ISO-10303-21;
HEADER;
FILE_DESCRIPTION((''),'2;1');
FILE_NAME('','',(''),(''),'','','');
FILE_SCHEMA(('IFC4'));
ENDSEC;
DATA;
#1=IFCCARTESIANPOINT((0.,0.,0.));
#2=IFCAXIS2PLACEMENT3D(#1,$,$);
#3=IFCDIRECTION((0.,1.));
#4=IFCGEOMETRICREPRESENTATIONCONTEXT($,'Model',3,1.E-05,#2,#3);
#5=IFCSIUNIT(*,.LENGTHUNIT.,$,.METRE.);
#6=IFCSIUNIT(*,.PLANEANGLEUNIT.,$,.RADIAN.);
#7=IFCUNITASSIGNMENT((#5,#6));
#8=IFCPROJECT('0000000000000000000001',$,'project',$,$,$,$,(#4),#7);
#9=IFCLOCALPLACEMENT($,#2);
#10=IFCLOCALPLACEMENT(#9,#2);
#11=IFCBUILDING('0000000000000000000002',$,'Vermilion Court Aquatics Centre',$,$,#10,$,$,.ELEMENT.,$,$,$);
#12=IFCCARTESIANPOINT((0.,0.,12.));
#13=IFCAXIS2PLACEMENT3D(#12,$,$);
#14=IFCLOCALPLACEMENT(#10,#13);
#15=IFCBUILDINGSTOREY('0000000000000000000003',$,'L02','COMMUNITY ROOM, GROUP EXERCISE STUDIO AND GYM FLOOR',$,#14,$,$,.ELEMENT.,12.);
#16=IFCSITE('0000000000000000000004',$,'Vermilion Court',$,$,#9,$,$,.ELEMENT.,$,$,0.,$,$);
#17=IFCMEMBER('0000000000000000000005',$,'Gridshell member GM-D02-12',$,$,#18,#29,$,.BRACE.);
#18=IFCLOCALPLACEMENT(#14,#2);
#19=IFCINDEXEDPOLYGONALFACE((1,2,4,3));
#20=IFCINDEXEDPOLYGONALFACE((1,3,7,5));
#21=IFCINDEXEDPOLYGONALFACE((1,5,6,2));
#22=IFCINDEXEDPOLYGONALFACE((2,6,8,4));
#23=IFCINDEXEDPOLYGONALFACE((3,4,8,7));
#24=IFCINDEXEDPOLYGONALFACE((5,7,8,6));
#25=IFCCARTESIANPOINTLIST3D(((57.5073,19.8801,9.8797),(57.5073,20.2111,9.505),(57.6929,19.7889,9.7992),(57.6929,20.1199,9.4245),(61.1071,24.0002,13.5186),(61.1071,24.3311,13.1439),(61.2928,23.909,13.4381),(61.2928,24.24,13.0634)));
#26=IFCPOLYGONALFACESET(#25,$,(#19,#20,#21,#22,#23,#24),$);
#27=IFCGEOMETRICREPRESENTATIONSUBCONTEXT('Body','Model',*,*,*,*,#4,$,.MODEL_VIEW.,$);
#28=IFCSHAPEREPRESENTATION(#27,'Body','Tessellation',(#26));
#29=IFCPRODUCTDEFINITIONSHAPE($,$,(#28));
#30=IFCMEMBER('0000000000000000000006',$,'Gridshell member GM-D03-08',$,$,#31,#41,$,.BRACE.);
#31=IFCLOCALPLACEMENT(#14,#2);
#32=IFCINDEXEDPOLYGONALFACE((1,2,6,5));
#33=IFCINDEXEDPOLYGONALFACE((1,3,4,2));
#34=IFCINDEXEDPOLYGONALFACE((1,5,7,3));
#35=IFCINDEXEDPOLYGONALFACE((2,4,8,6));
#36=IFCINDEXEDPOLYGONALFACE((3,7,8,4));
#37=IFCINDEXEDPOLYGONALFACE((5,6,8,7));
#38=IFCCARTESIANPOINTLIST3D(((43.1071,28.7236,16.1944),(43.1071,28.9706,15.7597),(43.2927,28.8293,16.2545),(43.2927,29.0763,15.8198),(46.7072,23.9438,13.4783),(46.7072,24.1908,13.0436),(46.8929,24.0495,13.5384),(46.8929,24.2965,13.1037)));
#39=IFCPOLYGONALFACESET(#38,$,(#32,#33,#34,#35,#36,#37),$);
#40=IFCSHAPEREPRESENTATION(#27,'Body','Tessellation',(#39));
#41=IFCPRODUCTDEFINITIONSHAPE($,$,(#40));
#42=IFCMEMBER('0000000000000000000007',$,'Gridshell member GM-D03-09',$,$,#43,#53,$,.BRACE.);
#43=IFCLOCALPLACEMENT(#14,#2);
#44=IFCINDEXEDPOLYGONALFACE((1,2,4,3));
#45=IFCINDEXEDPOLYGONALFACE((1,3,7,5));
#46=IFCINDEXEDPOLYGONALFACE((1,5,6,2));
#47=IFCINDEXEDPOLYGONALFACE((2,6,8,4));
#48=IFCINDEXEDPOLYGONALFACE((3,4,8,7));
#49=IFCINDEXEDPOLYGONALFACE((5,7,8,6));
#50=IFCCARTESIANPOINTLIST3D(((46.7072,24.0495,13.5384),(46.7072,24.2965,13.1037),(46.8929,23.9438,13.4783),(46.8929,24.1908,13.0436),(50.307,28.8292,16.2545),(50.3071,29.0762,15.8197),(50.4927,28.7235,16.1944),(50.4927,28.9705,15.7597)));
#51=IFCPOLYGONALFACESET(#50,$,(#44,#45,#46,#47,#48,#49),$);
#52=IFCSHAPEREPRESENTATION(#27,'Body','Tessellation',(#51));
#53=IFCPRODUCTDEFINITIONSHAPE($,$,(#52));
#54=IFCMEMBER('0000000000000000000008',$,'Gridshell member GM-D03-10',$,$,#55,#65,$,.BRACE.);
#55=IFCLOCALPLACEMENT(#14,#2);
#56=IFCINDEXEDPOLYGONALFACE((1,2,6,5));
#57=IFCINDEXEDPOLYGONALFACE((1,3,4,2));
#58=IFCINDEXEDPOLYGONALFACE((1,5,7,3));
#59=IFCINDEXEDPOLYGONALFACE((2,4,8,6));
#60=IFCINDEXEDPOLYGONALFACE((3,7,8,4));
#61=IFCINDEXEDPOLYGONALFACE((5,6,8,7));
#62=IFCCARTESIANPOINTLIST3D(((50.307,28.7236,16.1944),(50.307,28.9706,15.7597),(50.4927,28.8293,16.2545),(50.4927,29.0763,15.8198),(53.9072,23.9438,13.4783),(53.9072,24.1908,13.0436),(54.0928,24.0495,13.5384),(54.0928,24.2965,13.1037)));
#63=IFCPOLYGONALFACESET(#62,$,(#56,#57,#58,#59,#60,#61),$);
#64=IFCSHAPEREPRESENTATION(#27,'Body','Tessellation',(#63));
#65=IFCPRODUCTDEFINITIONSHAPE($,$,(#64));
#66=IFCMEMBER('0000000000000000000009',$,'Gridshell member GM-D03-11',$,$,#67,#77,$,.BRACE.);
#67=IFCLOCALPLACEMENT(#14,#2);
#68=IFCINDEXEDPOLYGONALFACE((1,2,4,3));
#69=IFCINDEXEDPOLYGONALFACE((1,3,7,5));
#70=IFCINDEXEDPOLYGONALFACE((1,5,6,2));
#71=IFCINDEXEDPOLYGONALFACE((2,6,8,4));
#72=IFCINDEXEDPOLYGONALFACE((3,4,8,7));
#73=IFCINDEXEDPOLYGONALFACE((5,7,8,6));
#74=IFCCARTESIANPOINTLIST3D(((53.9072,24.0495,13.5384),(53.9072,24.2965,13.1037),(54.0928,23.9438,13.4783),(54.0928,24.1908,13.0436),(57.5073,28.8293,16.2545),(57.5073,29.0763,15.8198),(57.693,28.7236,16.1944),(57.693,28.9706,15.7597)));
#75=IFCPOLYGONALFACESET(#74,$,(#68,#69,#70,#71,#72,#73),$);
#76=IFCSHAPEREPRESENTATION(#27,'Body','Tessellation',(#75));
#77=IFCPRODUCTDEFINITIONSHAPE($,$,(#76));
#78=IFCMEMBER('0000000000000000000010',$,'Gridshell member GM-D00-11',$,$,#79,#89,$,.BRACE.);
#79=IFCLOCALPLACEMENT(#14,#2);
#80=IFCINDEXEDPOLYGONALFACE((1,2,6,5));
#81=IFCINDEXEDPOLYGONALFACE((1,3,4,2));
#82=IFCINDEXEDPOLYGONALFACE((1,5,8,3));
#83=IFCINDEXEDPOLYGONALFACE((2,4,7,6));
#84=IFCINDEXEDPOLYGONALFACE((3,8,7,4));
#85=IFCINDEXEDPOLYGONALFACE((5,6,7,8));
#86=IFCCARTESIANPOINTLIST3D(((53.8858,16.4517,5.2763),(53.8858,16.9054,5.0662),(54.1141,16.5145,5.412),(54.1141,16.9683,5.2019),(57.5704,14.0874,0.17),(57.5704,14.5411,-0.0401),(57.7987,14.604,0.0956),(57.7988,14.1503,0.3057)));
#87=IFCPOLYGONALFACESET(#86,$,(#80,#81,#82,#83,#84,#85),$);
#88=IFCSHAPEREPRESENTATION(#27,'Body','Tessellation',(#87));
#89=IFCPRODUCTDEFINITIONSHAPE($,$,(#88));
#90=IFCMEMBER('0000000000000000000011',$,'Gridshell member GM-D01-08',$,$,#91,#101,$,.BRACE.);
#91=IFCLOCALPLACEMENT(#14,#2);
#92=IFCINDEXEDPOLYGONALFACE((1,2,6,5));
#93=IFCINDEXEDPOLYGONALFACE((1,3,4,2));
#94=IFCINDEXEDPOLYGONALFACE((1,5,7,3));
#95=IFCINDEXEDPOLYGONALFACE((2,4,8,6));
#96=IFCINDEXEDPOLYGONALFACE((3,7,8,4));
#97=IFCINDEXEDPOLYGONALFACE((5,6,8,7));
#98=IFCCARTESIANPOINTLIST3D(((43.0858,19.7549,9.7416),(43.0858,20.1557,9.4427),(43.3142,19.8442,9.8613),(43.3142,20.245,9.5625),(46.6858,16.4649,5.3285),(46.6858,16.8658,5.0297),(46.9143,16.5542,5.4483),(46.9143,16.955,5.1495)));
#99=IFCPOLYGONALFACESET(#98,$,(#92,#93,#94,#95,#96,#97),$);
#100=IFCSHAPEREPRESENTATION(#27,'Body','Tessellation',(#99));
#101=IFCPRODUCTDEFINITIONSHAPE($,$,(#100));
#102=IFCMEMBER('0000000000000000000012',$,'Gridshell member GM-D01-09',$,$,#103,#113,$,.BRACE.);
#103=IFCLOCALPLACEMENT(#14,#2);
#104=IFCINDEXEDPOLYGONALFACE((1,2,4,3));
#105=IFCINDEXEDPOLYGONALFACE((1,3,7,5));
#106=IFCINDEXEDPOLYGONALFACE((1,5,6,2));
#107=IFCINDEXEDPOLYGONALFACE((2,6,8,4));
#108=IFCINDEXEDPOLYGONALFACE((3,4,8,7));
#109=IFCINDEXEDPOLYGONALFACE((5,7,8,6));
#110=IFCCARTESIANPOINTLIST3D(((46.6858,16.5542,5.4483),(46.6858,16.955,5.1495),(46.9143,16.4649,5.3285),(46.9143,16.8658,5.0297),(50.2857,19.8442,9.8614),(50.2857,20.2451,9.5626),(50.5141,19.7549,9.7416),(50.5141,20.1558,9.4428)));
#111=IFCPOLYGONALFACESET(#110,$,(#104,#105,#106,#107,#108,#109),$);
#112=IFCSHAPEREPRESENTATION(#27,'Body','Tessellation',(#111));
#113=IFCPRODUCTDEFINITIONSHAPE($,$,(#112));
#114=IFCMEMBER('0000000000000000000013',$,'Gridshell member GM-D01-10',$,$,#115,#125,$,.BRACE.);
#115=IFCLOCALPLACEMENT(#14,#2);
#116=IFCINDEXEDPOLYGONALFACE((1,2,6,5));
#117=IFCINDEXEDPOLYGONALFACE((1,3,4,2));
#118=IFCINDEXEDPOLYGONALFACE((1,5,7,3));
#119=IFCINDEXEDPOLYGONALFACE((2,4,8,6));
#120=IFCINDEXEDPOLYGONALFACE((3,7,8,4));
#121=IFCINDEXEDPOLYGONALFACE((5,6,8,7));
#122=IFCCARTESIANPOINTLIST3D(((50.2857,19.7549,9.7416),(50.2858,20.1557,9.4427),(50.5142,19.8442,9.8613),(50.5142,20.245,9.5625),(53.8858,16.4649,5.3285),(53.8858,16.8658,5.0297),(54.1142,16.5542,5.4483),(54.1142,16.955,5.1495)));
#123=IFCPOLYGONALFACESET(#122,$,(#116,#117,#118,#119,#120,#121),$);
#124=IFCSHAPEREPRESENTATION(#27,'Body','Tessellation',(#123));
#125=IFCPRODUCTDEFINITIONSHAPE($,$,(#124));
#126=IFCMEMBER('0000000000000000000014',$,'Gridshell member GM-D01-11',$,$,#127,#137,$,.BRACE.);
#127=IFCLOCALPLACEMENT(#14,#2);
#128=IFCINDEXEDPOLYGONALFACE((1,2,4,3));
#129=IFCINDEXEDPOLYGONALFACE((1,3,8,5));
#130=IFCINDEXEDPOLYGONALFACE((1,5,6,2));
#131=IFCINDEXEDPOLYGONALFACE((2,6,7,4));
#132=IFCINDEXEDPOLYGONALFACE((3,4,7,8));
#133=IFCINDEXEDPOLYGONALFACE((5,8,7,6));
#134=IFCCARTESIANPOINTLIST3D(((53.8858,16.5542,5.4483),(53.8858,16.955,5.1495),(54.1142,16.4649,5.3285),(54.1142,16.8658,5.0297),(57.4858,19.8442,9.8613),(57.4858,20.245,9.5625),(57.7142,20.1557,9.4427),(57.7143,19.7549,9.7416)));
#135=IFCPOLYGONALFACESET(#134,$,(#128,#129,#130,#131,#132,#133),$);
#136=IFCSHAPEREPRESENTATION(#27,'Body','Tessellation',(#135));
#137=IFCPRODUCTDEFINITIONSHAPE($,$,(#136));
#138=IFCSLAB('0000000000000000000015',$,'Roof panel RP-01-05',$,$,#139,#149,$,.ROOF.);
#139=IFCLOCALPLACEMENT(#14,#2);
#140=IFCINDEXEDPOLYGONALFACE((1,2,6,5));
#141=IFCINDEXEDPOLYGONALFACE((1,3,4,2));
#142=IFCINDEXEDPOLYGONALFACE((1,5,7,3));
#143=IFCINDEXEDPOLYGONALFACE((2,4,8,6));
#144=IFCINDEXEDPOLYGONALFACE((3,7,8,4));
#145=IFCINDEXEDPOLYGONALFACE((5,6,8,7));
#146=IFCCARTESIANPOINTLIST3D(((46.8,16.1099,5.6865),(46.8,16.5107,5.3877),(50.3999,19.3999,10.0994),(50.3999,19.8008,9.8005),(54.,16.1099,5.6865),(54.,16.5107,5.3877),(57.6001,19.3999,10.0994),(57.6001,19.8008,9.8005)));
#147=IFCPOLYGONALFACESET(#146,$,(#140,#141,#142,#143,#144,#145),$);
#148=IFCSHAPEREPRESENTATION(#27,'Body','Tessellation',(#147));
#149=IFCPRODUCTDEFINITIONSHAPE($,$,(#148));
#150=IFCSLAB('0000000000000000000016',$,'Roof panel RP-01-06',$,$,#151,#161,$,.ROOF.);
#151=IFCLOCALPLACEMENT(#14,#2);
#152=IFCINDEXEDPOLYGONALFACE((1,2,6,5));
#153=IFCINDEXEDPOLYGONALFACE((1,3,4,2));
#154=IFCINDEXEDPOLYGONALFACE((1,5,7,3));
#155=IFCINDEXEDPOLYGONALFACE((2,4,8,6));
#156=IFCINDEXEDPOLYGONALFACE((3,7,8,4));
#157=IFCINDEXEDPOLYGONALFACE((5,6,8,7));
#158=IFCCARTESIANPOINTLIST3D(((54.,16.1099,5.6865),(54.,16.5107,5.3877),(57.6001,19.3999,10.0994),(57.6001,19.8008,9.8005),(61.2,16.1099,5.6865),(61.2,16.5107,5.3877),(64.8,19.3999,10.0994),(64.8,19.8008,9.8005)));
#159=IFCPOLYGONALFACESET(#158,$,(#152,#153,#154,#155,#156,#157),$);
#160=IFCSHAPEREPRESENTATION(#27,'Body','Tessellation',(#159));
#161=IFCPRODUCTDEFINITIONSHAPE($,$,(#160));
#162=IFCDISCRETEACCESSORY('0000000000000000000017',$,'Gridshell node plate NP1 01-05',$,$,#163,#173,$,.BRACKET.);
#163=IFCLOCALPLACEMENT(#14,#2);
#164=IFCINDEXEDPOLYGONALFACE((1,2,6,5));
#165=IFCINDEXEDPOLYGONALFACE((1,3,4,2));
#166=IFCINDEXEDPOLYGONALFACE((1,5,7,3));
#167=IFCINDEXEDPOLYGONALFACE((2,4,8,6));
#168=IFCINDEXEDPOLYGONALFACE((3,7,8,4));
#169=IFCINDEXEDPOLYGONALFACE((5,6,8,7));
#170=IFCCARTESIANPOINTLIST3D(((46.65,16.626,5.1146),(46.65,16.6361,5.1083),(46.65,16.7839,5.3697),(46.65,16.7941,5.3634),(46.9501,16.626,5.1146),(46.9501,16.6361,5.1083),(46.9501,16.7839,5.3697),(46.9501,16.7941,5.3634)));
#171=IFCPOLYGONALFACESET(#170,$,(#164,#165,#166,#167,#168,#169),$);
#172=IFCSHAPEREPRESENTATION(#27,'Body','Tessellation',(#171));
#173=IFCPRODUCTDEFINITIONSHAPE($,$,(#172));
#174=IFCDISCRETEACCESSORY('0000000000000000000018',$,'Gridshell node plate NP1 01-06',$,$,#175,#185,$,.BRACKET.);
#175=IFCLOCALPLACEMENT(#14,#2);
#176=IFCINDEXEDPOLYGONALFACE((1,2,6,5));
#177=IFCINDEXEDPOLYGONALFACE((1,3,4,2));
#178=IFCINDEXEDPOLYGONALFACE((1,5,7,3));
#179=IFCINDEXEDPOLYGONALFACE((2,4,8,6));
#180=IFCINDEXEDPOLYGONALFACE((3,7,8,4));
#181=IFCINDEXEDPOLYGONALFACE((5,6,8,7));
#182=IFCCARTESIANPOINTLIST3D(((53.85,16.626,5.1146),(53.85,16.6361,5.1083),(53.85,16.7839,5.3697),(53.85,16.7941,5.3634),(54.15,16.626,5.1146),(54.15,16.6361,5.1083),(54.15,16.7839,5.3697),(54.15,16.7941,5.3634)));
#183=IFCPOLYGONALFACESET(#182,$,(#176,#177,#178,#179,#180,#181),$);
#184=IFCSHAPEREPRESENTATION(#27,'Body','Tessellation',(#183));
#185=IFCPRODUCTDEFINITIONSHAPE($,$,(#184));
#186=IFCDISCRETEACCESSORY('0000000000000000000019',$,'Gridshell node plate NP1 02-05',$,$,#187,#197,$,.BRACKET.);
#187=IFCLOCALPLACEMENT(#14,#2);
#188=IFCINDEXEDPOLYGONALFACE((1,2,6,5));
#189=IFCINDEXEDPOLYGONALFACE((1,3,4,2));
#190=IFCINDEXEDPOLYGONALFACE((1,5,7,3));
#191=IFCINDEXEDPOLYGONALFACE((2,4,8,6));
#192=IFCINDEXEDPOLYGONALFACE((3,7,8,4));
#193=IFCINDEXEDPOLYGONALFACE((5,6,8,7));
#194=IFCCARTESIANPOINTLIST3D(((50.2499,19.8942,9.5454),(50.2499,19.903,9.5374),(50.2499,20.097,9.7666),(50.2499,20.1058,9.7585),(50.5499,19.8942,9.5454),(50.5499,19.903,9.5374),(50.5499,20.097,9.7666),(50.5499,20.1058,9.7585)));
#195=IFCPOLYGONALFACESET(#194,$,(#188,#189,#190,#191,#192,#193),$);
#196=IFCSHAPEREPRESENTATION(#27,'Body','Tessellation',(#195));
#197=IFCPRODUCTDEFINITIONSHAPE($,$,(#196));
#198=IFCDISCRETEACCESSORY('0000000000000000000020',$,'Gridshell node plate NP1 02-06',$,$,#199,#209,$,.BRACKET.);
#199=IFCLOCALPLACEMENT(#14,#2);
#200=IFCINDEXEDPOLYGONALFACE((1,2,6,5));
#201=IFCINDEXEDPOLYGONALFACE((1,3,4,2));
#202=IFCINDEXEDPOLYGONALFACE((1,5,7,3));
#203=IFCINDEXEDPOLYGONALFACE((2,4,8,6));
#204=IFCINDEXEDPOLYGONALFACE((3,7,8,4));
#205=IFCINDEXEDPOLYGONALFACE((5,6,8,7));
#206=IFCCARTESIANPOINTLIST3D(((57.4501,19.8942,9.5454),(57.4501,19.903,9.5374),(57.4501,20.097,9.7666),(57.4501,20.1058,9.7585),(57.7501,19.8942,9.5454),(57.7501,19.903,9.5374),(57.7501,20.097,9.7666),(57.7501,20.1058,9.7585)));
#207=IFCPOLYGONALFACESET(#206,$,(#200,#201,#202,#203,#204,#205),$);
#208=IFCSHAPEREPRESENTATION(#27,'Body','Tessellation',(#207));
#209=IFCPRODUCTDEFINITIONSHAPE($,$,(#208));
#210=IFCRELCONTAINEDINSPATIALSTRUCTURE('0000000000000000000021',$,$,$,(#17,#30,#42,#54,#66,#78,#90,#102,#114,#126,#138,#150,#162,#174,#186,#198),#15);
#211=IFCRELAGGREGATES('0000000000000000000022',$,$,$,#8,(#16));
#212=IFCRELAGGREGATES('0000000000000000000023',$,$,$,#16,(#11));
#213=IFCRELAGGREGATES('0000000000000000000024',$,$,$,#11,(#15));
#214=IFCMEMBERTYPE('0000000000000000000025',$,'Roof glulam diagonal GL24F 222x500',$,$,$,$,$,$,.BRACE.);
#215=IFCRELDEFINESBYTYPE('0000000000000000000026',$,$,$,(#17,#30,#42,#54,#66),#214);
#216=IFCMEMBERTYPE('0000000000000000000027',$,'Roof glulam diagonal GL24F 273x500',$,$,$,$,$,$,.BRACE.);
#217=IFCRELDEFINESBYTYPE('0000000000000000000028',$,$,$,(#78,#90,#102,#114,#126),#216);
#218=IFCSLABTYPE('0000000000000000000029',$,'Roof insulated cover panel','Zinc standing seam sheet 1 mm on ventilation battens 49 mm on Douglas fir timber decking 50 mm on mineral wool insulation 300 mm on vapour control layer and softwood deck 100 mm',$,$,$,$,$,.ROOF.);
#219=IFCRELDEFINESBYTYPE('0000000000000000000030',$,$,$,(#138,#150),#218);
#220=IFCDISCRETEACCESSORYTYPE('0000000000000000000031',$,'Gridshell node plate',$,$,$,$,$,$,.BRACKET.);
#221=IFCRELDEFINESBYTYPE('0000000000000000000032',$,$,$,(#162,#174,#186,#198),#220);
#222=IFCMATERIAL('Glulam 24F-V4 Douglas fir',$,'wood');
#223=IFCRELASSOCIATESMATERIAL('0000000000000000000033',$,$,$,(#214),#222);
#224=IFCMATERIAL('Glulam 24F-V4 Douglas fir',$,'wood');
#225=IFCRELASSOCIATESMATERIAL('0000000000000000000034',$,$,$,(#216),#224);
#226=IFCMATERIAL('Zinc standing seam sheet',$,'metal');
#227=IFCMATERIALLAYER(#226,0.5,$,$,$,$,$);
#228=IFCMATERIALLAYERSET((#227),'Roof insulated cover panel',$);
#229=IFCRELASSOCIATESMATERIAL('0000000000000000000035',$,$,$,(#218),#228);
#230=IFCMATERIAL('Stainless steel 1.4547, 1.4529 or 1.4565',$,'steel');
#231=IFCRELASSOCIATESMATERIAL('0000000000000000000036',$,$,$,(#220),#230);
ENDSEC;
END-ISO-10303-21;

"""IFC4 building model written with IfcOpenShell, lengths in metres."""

from ifc_helpers import new_model, si_unit, direction, frame, origin, origin_2d, place, context, subcontext, project, spatial, polyline, rectangle, outline, extrude, material, layer, layer_set, material_profile, profile_set, type_object, element, save


model = new_model("IFC4")

# Units and contexts
model_context = context("Model", 3, precision=1e-05, world=origin(), true_north=direction((0.0, 1.0)))
body_context = subcontext(model_context, "Body", "Model", "MODEL_VIEW")
ifc_project = project(units=[si_unit("LENGTHUNIT", "METRE"), si_unit("PLANEANGLEUNIT", "RADIAN")], contexts=[model_context])

# Site, building, storey
site_placement = place(None, origin())
site = spatial("IfcSite", under=ifc_project, at=site_placement, Name="Vermilion Court", CompositionType="ELEMENT", RefElevation=0.0)
building_placement = place(site_placement, origin())
building = spatial("IfcBuilding", under=site, at=building_placement, Name="Vermilion Court Aquatics Centre", CompositionType="ELEMENT")
storey_placement = place(building_placement, frame((0.0, 0.0, 12.0)))
storey = spatial("IfcBuildingStorey", under=building, at=storey_placement, Name="L02", Description="COMMUNITY ROOM, GROUP EXERCISE STUDIO AND GYM FLOOR", CompositionType="ELEMENT", Elevation=12.0)

# Members
ifc_material_1 = material(Name="Glulam 24F-V4 Douglas fir", Category="wood")
ifc_material_profile_1 = material_profile(ifc_material_1, rectangle(XDim=0.2219, YDim=0.5, at=origin_2d()), Name="GL24F 222x500")
ifc_profile_set_1 = profile_set([ifc_material_profile_1], Name="Glulam 24F-V4 Douglas fir")
member_type_1 = type_object("IfcMemberType", Name="Roof glulam diagonal GL24F 222x500", PredefinedType="BRACE", material=ifc_profile_set_1)
member_1_placement = place(storey_placement, frame((57.6001, 20.0, 9.6521), z_axis=(0.547852, 0.62703, 0.553797), x_axis=(-0.836575, 0.410632, 0.362661)))
element("IfcMember", 1, at=member_1_placement, inside=storey, type_object=member_type_1, Name="Gridshell member GM-D02-12", PredefinedType="BRACE", context=body_context, shape_type="SweptSolid", body=[
    extrude(rectangle(XDim=0.2219, YDim=0.5, at=origin_2d()), origin(), (0.0, 0.0, 1.0), 6.5708),
])
member_2_placement = place(storey_placement, frame((46.8, 24.1201, 13.291), z_axis=(-0.547839, 0.727355, 0.413312), x_axis=(-0.836584, -0.476332, -0.27062)))
element("IfcMember", 2, at=member_2_placement, inside=storey, type_object=member_type_1, Name="Gridshell member GM-D03-08", PredefinedType="BRACE", context=body_context, shape_type="SweptSolid", body=[
    extrude(rectangle(XDim=0.2219, YDim=0.5, at=origin_2d()), origin(), (0.0, 0.0, 1.0), 6.5715),
])
member_3_placement = place(storey_placement, frame((46.8, 24.1201, 13.291), z_axis=(0.547813, 0.72737, 0.413321), x_axis=(-0.836601, 0.476303, 0.270618)))
element("IfcMember", 3, at=member_3_placement, inside=storey, type_object=member_type_1, Name="Gridshell member GM-D03-09", PredefinedType="BRACE", context=body_context, shape_type="SweptSolid", body=[
    extrude(rectangle(XDim=0.2219, YDim=0.5, at=origin_2d()), origin(), (0.0, 0.0, 1.0), 6.5713),
])
for number, where, z_axis, x_axis, name in (
    (4, (54.0, 24.1201, 13.291), (-0.547839, 0.727355, 0.413312), (-0.836584, -0.476332, -0.27062), "Gridshell member GM-D03-10"),
    (5, (54.0, 24.1201, 13.291), (0.547839, 0.727355, 0.413312), (-0.836584, 0.476332, 0.27062), "Gridshell member GM-D03-11"),
):
    element("IfcMember", number, at=place(storey_placement, frame(where, z_axis=z_axis, x_axis=x_axis)), inside=storey, type_object=member_type_1, Name=name, PredefinedType="BRACE", context=body_context, shape_type="SweptSolid", body=[
        extrude(rectangle(XDim=0.2219, YDim=0.5, at=origin_2d()), origin(), (0.0, 0.0, 1.0), 6.5715),
    ])
ifc_material_2 = material(Name="Glulam 24F-V4 Douglas fir", Category="wood")
ifc_material_profile_2 = material_profile(ifc_material_2, rectangle(XDim=0.2729, YDim=0.5, at=origin_2d()), Name="GL24F 273x500")
ifc_profile_set_2 = profile_set([ifc_material_profile_2], Name="Glulam 24F-V4 Douglas fir")
member_type_2 = type_object("IfcMemberType", Name="Roof glulam diagonal GL24F 273x500", PredefinedType="BRACE", material=ifc_profile_set_2)
member_4_placement = place(storey_placement, frame((57.6846, 14.3457, 0.1328), z_axis=(-0.54781, 0.35151, 0.759174), x_axis=(-0.836603, -0.230193, -0.497099)))
element("IfcMember", 6, at=member_4_placement, inside=storey, type_object=member_type_2, Name="Gridshell member GM-D00-11", PredefinedType="BRACE", context=body_context, shape_type="SweptSolid", body=[
    extrude(rectangle(XDim=0.2729, YDim=0.5, at=origin_2d()), origin(), (0.0, 0.0, 1.0), 6.7261),
])
for number, where, z_axis, x_axis, name in (
    (7, (46.8, 16.71, 5.239), (-0.547355, 0.500214, 0.670961), (-0.836901, -0.327117, -0.438853), "Gridshell member GM-D01-08"),
    (8, (46.8, 16.71, 5.239), (0.547329, 0.500224, 0.670974), (-0.836918, 0.327083, 0.438846), "Gridshell member GM-D01-09"),
    (9, (54.0, 16.71, 5.239), (-0.547355, 0.500214, 0.670961), (-0.836901, -0.327117, -0.438853), "Gridshell member GM-D01-10"),
    (10, (54.0, 16.71, 5.239), (0.547355, 0.500214, 0.670961), (-0.836901, 0.327117, 0.438853), "Gridshell member GM-D01-11"),
):
    element("IfcMember", number, at=place(storey_placement, frame(where, z_axis=z_axis, x_axis=x_axis)), inside=storey, type_object=member_type_2, Name=name, PredefinedType="BRACE", context=body_context, shape_type="SweptSolid", body=[
        extrude(rectangle(XDim=0.2729, YDim=0.5, at=origin_2d()), origin(), (0.0, 0.0, 1.0), 6.5771),
    ])

# Slabs
ifc_material_3 = material(Name="Zinc standing seam sheet", Category="metal")
ifc_layer_1 = layer(ifc_material_3, 0.5)
ifc_layer_set_1 = layer_set([ifc_layer_1], Name="Roof insulated cover panel")
slab_type = type_object("IfcSlabType", Name="Roof insulated cover panel", Description="Zinc standing seam sheet 1 mm on ventilation battens 49 mm on Douglas fir timber decking 50 mm on mineral wool insulation 300 mm on vapour control layer and softwood deck 100 mm", PredefinedType="ROOF", material=ifc_layer_set_1)
slab_1_placement = place(storey_placement, frame((46.8, 16.1099, 5.6865), z_axis=(0.0, -0.801705, 0.59772), x_axis=(1.0, 0.0, 0.0)))
element("IfcSlab", 11, at=slab_1_placement, inside=storey, type_object=slab_type, Name="Roof panel RP-01-05", PredefinedType="ROOF", context=body_context, shape_type="SweptSolid", body=[
    extrude(outline(polyline([(0.0, 0.0), (7.2, 0.0), (10.8, 5.5043), (3.5999, 5.5043), (0.0, 0.0)])), origin(), (0.0, 0.0, -1.0), 0.5),
])
slab_2_placement = place(storey_placement, frame((54.0, 16.1099, 5.6865), z_axis=(0.0, -0.801705, 0.59772), x_axis=(1.0, 0.0, 0.0)))
element("IfcSlab", 12, at=slab_2_placement, inside=storey, type_object=slab_type, Name="Roof panel RP-01-06", PredefinedType="ROOF", context=body_context, shape_type="SweptSolid", body=[
    extrude(outline(polyline([(0.0, 0.0), (7.2, 0.0), (10.8, 5.5043), (3.6001, 5.5043), (0.0, 0.0)])), origin(), (0.0, 0.0, -1.0), 0.5),
])

# Discrete accessories
ifc_material_4 = material(Name="Stainless steel 1.4547, 1.4529 or 1.4565", Category="steel")
ifc_material_profile_3 = material_profile(ifc_material_4, rectangle(XDim=0.3, YDim=0.3, at=origin_2d()), Name="PL 12 x 300 x 300")
ifc_profile_set_3 = profile_set([ifc_material_profile_3], Name="Stainless steel 1.4547, 1.4529 or 1.4565")
discrete_accessory_type_1 = type_object("IfcDiscreteAccessoryType", Name="Gridshell node plate", PredefinedType="BRACKET", material=ifc_profile_set_3)
for number, where, z_axis, x_axis, name in (
    (13, (46.8, 16.7151, 5.2358), (0.0, -0.850265, 0.526355), (1.0, 0.0, 0.0), "Gridshell node plate NP1 01-05"),
    (14, (54.0, 16.7151, 5.2358), (0.0, -0.850265, 0.526355), (1.0, 0.0, 0.0), "Gridshell node plate NP1 01-06"),
    (15, (50.3999, 20.0044, 9.6479), (0.0, -0.737154, 0.675725), (1.0, 0.0, 0.0), "Gridshell node plate NP1 02-05"),
    (16, (57.6001, 20.0044, 9.6479), (0.0, -0.737154, 0.675725), (1.0, 0.0, 0.0), "Gridshell node plate NP1 02-06"),
):
    element("IfcDiscreteAccessory", number, at=place(storey_placement, frame(where, z_axis=z_axis, x_axis=x_axis)), inside=storey, type_object=discrete_accessory_type_1, Name=name, PredefinedType="BRACKET", context=body_context, shape_type="SweptSolid", body=[
        extrude(rectangle(XDim=0.3, YDim=0.3, at=origin_2d()), origin(), (0.0, 0.0, 1.0), 0.012),
    ])

save(model, "model.ifc")
